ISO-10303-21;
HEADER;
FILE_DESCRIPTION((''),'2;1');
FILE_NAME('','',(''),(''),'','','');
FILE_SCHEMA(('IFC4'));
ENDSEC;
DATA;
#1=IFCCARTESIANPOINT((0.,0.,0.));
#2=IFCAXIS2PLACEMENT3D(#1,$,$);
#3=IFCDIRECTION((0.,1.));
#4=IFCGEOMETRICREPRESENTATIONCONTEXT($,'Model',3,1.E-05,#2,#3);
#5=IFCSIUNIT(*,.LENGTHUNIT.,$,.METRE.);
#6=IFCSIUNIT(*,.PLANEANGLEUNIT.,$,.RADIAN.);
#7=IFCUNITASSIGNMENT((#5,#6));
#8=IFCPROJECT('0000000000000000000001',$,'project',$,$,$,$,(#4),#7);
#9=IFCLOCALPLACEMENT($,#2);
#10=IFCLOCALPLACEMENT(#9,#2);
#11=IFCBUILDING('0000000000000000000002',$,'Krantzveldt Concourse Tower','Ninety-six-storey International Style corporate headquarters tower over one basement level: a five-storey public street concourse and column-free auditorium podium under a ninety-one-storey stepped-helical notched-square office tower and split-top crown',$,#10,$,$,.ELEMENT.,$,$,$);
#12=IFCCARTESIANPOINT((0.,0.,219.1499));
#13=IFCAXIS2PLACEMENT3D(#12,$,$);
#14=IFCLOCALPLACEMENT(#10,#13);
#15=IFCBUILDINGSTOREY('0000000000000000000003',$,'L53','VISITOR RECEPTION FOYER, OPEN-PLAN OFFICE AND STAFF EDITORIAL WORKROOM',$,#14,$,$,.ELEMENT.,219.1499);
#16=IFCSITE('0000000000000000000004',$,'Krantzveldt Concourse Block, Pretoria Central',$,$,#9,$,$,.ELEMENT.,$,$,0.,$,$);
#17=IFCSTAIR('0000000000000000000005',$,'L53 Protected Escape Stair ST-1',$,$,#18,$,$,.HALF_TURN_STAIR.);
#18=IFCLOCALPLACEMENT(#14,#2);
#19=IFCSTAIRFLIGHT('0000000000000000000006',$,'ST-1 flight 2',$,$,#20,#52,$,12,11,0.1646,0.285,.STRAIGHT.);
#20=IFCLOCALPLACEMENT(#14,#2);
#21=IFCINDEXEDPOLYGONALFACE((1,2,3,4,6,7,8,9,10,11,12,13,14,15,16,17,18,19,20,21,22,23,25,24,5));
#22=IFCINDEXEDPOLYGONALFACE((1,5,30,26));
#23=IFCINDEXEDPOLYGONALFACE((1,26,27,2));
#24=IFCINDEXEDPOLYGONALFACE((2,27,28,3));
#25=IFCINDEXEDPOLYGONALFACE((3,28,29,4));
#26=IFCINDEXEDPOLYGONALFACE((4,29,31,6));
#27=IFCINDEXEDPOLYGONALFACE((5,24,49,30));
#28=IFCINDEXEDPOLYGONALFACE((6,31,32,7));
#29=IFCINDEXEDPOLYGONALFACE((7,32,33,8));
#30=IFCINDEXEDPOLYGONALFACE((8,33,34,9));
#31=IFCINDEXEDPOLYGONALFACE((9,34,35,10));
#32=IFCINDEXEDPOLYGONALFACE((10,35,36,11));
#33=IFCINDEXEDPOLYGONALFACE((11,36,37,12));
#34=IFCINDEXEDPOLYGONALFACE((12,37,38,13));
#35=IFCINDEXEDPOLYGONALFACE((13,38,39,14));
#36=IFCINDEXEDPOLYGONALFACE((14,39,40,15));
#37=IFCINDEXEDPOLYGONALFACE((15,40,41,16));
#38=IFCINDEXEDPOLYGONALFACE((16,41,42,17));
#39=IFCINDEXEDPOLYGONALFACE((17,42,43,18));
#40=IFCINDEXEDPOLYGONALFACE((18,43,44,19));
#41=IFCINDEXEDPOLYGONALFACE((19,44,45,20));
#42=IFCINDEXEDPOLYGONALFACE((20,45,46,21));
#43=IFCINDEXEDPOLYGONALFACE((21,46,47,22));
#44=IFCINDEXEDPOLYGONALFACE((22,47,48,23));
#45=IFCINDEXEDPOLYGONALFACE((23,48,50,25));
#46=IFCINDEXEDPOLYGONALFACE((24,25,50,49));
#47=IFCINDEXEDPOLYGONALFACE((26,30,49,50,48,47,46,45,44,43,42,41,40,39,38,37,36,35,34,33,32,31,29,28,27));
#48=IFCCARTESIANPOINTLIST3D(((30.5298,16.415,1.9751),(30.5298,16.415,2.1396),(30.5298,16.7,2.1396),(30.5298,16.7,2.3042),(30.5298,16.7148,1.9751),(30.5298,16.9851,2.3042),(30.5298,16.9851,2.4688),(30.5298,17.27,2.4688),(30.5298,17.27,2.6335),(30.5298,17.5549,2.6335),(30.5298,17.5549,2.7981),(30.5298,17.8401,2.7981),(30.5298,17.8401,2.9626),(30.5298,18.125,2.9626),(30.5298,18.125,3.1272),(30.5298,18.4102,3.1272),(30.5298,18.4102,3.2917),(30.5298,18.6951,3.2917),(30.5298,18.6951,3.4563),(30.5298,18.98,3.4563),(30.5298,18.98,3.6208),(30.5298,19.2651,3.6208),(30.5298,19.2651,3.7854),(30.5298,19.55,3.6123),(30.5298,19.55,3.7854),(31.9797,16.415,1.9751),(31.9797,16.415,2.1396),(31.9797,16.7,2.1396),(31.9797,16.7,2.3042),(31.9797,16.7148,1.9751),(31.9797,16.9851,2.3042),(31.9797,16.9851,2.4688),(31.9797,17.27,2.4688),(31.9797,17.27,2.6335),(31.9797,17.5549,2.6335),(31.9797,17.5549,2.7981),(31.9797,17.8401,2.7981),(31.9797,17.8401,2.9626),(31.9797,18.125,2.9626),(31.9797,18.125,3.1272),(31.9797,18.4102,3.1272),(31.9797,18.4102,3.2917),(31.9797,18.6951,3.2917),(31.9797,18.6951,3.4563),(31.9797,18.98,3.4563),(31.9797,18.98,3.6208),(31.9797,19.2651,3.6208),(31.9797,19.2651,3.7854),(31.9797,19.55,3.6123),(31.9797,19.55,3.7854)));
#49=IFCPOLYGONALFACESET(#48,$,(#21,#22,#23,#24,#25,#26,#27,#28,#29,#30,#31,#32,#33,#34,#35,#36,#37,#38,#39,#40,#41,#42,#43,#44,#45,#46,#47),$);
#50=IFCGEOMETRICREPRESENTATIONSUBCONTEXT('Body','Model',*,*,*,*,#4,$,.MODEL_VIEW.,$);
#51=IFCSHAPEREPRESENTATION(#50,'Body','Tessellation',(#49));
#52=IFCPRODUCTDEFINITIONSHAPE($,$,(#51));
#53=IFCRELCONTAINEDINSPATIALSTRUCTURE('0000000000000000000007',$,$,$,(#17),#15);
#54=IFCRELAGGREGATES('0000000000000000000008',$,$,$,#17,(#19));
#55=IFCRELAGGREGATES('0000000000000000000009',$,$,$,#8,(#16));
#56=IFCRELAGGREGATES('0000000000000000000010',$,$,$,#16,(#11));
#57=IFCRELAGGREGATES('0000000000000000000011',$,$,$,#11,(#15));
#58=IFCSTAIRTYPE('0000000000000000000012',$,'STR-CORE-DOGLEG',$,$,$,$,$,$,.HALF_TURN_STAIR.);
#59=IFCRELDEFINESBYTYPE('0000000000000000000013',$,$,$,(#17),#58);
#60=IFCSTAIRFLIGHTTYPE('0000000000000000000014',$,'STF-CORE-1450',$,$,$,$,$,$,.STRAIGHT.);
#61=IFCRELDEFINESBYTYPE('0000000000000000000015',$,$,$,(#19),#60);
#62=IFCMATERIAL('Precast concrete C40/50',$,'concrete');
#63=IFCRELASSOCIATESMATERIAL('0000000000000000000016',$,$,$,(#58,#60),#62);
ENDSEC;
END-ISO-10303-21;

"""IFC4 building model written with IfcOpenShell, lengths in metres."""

from ifc_helpers import new_model, si_unit, direction, frame, origin, place, context, subcontext, project, spatial, polyline, outline, extrude, material, type_object, element, aggregate, save


model = new_model("IFC4")

# Units and contexts
model_context = context("Model", 3, precision=1e-05, world=origin(), true_north=direction((0.0, 1.0)))
body_context = subcontext(model_context, "Body", "Model", "MODEL_VIEW")
ifc_project = project(units=[si_unit("LENGTHUNIT", "METRE"), si_unit("PLANEANGLEUNIT", "RADIAN")], contexts=[model_context])

# Site, building, storey
site_placement = place(None, origin())
site = spatial("IfcSite", under=ifc_project, at=site_placement, Name="Krantzveldt Concourse Block, Pretoria Central", CompositionType="ELEMENT", RefElevation=0.0)
building_placement = place(site_placement, origin())
building = spatial("IfcBuilding", under=site, at=building_placement, Name="Krantzveldt Concourse Tower", Description="Ninety-six-storey International Style corporate headquarters tower over one basement level: a five-storey public street concourse and column-free auditorium podium under a ninety-one-storey stepped-helical notched-square office tower and split-top crown", CompositionType="ELEMENT")
storey_placement = place(building_placement, frame((0.0, 0.0, 219.1499)))
storey = spatial("IfcBuildingStorey", under=building, at=storey_placement, Name="L53", Description="VISITOR RECEPTION FOYER, OPEN-PLAN OFFICE AND STAFF EDITORIAL WORKROOM", CompositionType="ELEMENT", Elevation=219.1499)

# Stair, stair flight
ifc_material_1 = material(Name="Precast concrete C40/50", Category="concrete")
stair_type = type_object("IfcStairType", Name="STR-CORE-DOGLEG", PredefinedType="HALF_TURN_STAIR", material=ifc_material_1)
stair_placement = place(storey_placement, origin())
stair = element("IfcStair", 1, at=stair_placement, inside=storey, type_object=stair_type, Name="L53 Protected Escape Stair ST-1", PredefinedType="HALF_TURN_STAIR")
stair_flight_type = type_object("IfcStairFlightType", Name="STF-CORE-1450", PredefinedType="STRAIGHT", material=ifc_material_1)
stair_flight_1_placement = place(storey_placement, frame((31.2549, 16.415, 1.9751), z_axis=(0.0, 0.0, 1.0), x_axis=(0.0, 1.0, 0.0)))
stair_flight_1 = element("IfcStairFlight", 2, at=stair_flight_1_placement, type_object=stair_flight_type, Name="ST-1 flight 2", NumberOfRisers=12, NumberOfTreads=11, PredefinedType="STRAIGHT", RiserHeight=0.1646, TreadLength=0.285, context=body_context, shape_type="SweptSolid", body=[
    extrude(outline(polyline([(0.0, 0.0), (0.0, 0.1646), (0.2849, 0.1646), (0.2849, 0.3291), (0.5701, 0.3291), (0.5701, 0.4937), (0.855, 0.4937), (0.855, 0.6584), (1.1399, 0.6584), (1.1399, 0.823), (1.425, 0.823), (1.425, 0.9875), (1.71, 0.9875), (1.71, 1.1521), (1.9951, 1.1521), (1.9951, 1.3167), (2.28, 1.3167), (2.28, 1.4812), (2.5649, 1.4812), (2.5649, 1.6458), (2.8501, 1.6458), (2.8501, 1.8103), (3.135, 1.8103), (3.135, 1.9751), (3.135, 1.6372), (0.2998, 0.0), (0.0, 0.0)])), frame((0.0, 0.7251, 0.0), z_axis=(0.0, -1.0, 0.0), x_axis=(1.0, 0.0, 0.0)), (0.0, 0.0, 1.0), 1.45),
])
aggregate(stair, [stair_flight_1])

save(model, "model.ifc")
